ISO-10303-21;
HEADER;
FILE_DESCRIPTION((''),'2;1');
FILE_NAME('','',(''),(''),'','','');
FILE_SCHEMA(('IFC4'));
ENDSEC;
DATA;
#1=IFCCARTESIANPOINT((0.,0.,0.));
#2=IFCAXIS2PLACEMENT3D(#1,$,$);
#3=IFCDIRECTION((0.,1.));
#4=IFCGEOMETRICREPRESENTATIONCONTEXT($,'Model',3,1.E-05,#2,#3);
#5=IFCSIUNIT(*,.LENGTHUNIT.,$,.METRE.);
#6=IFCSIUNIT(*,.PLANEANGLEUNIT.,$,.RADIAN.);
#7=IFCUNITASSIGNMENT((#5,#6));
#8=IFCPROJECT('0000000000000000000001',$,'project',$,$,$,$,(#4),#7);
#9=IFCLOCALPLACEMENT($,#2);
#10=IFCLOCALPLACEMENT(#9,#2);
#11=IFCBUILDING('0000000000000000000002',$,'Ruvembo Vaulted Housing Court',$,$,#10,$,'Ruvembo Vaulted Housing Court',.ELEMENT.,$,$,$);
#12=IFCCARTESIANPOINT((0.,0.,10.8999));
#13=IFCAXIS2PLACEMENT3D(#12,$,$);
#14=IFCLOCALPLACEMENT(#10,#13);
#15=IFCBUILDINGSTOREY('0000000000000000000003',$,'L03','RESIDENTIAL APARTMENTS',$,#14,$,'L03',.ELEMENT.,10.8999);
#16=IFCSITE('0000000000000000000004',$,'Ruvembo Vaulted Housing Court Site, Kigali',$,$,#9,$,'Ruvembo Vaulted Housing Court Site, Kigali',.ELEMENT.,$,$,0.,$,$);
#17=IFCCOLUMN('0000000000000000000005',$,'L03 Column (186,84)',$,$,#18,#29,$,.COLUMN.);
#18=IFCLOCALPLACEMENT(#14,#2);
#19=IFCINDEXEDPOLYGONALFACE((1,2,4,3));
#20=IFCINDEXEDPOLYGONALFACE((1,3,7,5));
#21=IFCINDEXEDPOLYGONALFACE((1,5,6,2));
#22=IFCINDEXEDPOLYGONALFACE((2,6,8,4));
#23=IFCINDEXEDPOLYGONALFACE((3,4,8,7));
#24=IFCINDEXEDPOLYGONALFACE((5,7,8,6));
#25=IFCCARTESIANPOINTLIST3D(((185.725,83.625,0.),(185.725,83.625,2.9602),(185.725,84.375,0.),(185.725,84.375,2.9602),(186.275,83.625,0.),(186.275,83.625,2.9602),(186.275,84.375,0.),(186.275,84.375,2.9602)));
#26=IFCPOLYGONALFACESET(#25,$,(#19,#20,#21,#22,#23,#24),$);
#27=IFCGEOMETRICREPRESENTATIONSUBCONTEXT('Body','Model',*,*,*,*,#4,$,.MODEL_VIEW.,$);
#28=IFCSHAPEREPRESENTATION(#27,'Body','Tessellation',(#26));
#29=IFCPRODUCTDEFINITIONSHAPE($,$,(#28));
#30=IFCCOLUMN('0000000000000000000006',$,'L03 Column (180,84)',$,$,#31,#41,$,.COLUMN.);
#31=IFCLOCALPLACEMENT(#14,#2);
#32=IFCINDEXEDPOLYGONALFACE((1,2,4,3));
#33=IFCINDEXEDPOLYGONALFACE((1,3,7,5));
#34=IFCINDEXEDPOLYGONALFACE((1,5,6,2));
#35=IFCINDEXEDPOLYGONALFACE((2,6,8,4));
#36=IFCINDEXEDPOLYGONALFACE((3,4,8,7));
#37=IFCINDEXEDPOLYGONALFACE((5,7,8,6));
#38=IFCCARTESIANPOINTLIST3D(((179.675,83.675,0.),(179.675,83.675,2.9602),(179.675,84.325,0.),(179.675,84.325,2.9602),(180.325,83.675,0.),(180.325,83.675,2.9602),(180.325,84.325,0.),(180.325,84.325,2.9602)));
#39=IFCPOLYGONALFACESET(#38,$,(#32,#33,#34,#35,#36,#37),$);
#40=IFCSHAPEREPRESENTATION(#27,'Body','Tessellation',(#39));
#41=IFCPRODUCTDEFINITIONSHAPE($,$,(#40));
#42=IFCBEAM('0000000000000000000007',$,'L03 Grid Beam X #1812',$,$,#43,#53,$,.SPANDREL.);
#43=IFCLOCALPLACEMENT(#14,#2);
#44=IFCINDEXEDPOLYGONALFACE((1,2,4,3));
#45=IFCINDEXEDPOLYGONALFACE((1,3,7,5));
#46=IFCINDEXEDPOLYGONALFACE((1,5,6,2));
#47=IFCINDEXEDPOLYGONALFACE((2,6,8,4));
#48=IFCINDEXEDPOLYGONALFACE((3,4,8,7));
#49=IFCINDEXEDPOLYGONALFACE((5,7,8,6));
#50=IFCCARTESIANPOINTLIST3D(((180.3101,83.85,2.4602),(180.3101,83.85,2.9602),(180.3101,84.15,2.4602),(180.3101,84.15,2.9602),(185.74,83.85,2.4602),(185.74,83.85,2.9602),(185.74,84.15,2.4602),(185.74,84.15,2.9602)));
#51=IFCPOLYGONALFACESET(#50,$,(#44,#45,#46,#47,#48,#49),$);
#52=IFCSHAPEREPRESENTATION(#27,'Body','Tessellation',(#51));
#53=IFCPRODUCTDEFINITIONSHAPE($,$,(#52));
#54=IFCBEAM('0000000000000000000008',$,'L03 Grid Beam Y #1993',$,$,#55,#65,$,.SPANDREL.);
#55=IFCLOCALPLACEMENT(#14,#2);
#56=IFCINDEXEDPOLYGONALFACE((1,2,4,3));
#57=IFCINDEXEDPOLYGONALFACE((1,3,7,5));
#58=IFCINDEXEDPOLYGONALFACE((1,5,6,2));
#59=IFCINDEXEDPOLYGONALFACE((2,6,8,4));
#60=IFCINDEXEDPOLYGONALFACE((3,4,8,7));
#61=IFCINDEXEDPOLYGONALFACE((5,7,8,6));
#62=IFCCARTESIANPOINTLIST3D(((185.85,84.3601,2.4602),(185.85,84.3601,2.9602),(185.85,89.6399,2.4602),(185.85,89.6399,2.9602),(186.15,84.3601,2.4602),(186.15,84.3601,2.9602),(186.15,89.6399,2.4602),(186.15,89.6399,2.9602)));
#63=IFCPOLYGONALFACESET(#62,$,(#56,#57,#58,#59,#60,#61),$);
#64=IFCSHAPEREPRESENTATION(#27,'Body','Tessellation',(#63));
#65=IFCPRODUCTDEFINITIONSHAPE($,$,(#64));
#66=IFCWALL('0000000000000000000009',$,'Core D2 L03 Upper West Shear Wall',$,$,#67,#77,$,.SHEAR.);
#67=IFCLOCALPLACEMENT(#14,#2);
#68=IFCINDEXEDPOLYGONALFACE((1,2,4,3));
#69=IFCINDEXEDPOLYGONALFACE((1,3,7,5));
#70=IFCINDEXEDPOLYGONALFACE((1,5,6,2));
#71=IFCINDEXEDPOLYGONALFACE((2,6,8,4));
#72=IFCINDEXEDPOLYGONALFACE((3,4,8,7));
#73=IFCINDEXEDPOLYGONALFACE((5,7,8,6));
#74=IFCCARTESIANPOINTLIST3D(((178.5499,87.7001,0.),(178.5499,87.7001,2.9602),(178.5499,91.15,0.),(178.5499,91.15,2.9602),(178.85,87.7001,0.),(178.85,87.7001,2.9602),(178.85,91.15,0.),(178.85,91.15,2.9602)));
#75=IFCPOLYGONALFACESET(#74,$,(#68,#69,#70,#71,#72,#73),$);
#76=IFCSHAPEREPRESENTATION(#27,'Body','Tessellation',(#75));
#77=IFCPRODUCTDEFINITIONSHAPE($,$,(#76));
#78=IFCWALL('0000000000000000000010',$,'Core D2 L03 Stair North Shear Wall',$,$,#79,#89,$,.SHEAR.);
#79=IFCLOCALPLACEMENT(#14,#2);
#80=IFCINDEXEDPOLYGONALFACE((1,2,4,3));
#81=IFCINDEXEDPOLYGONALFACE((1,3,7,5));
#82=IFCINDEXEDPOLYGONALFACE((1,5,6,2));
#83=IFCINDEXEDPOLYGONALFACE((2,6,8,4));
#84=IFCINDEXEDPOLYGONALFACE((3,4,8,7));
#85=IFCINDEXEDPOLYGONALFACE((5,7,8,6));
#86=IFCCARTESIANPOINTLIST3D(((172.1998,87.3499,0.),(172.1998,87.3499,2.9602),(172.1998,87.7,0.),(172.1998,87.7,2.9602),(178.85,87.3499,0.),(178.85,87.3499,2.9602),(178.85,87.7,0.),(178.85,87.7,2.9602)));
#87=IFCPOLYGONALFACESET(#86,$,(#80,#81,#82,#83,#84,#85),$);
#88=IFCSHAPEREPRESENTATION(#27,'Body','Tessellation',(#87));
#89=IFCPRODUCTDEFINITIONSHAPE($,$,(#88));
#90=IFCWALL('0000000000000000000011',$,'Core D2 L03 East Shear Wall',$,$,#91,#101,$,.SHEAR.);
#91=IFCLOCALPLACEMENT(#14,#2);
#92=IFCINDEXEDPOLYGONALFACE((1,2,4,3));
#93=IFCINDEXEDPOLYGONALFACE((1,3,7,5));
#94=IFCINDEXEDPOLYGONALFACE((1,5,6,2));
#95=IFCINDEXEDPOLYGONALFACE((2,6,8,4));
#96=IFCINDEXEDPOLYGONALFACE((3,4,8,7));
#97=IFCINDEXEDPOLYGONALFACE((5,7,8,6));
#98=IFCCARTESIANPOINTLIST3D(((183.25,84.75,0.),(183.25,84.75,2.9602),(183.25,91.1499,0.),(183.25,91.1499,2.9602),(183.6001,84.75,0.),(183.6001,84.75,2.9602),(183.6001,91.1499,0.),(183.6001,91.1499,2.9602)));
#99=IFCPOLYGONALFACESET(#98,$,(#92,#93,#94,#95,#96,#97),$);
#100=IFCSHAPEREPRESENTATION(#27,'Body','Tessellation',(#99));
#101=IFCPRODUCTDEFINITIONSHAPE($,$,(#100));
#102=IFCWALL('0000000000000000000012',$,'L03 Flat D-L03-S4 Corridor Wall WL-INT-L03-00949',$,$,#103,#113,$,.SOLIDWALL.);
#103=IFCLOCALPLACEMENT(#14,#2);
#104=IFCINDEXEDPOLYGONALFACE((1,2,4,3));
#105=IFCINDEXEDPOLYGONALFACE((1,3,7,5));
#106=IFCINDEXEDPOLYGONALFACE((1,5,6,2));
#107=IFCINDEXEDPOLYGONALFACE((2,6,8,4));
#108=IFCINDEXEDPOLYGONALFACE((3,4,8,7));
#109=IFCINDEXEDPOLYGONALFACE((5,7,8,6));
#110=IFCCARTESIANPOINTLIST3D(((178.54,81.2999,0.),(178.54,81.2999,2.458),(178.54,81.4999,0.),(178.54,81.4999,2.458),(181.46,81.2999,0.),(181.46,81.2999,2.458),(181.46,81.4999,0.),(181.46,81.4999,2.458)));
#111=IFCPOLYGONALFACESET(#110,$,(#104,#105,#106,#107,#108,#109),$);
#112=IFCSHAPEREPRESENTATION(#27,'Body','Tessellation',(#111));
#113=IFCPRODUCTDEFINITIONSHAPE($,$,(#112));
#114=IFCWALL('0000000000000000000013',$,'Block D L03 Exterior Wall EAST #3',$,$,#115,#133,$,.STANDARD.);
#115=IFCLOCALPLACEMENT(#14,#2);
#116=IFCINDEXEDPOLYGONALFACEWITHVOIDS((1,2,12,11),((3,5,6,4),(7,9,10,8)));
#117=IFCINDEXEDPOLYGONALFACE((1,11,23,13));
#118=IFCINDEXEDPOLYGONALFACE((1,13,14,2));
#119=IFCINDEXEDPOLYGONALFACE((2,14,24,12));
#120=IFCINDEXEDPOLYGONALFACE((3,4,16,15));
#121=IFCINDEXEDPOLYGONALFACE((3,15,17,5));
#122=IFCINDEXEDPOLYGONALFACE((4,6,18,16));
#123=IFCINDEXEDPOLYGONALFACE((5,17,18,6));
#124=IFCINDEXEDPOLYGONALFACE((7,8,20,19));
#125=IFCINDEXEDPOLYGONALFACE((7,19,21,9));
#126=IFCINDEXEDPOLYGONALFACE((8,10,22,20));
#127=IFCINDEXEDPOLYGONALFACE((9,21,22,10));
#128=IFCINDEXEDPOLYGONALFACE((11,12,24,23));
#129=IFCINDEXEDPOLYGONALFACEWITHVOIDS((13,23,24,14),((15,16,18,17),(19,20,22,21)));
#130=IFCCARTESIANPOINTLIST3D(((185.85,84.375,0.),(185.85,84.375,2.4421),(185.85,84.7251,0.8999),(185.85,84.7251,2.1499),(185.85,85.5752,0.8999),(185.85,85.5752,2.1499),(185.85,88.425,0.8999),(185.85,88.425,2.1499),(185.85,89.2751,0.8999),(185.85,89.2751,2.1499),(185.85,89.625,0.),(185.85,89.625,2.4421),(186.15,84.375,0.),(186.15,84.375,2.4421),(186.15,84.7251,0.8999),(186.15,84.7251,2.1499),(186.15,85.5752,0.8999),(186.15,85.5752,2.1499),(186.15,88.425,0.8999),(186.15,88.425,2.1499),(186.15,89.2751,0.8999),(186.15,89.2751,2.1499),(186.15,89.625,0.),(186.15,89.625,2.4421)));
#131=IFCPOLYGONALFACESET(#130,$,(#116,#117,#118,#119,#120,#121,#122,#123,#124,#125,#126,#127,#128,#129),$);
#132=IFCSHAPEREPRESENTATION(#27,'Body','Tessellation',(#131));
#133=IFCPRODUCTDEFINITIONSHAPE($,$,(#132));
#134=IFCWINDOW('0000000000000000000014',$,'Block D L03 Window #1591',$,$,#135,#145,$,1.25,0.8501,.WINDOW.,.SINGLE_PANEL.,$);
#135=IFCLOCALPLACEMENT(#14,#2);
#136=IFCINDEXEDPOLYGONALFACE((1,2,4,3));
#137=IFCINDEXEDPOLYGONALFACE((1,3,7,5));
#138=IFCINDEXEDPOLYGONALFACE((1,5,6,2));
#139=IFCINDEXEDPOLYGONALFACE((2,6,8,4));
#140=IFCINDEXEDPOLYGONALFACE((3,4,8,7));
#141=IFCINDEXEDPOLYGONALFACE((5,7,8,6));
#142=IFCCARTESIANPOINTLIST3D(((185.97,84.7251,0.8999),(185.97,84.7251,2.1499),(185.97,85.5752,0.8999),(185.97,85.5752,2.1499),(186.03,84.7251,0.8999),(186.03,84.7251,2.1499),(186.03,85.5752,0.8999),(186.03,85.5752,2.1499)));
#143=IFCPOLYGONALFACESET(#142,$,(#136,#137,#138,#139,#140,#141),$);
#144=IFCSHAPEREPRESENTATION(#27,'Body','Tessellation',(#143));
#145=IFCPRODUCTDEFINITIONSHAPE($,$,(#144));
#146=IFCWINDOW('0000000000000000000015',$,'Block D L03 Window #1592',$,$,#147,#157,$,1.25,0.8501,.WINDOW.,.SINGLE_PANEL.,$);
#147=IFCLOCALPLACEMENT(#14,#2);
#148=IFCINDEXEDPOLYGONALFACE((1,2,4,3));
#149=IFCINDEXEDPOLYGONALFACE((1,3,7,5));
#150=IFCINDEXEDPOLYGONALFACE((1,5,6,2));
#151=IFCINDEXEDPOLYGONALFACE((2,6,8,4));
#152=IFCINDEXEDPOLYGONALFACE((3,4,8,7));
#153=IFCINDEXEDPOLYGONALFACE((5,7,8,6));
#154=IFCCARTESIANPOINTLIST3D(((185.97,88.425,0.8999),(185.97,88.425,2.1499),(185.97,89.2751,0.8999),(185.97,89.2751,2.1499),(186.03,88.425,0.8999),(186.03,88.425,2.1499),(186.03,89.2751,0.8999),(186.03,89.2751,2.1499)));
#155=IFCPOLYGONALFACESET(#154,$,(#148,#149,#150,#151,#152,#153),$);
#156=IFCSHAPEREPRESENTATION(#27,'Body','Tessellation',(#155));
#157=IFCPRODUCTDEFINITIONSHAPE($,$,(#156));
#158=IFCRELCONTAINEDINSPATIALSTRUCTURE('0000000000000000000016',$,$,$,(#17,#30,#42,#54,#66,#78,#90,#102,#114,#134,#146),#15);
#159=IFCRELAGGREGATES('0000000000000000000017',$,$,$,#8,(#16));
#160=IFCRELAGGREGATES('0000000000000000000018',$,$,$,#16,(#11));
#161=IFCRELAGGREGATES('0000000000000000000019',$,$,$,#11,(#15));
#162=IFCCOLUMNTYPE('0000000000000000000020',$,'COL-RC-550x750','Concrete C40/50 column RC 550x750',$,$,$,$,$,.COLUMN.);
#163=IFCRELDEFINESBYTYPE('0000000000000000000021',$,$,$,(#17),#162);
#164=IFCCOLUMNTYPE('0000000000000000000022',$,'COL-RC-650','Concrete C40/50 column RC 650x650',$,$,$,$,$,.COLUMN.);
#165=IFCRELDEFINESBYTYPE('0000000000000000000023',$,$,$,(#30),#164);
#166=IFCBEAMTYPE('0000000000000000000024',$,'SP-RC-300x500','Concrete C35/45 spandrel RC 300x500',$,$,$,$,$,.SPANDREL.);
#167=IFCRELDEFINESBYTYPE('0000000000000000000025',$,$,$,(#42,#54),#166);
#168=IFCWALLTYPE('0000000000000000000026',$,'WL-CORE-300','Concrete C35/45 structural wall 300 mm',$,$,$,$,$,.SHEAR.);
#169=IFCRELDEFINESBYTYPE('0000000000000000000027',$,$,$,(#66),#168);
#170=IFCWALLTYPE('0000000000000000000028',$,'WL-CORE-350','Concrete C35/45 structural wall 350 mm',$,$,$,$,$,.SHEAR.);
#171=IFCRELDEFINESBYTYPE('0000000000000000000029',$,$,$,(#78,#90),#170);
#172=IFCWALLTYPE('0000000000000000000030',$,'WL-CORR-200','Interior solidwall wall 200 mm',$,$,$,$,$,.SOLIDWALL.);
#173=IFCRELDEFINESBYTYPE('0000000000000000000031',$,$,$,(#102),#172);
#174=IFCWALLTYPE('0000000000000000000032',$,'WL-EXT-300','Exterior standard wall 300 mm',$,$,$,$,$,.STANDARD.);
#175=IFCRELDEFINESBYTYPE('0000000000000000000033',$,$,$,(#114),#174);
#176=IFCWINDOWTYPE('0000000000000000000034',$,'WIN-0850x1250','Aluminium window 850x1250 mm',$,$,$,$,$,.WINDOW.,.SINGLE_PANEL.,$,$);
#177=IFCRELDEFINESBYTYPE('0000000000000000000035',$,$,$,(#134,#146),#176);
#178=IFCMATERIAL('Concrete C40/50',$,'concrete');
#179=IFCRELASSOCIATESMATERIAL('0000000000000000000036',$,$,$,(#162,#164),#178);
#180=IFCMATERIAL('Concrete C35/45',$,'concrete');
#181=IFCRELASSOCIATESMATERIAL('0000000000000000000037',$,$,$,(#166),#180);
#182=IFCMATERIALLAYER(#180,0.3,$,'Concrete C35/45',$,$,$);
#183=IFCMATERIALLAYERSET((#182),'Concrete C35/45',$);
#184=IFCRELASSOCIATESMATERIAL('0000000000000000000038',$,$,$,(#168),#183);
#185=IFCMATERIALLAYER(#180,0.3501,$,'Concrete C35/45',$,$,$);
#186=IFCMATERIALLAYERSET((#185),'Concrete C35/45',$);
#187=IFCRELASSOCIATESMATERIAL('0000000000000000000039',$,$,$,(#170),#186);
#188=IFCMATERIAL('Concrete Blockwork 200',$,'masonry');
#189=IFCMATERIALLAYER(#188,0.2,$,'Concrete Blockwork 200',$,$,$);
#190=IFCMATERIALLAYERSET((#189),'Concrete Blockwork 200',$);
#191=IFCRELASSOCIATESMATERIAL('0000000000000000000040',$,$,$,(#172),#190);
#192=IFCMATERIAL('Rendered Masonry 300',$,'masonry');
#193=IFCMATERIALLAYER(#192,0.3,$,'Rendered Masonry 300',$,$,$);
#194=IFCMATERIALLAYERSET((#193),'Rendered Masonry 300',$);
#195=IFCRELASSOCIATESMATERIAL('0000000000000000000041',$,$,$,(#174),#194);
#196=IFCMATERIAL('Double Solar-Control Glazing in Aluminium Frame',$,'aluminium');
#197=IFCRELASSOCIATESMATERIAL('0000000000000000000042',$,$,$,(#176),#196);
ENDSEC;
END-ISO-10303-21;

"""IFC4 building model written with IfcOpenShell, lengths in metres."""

from ifc_helpers import new_model, si_unit, direction, frame, frame_2d, origin, origin_2d, place, context, subcontext, project, spatial, rectangle, extrude, material, layer, layer_set, material_profile, profile_set, type_object, element, fill, save


model = new_model("IFC4")

# Units and contexts
model_context = context("Model", 3, precision=1e-05, world=origin(), true_north=direction((0.0, 1.0)))
body_context = subcontext(model_context, "Body", "Model", "MODEL_VIEW")
ifc_project = project(units=[si_unit("LENGTHUNIT", "METRE"), si_unit("PLANEANGLEUNIT", "RADIAN")], contexts=[model_context])

# Site, building, storey
site_placement = place(None, origin())
site = spatial("IfcSite", under=ifc_project, at=site_placement, Name="Ruvembo Vaulted Housing Court Site, Kigali", LongName="Ruvembo Vaulted Housing Court Site, Kigali", CompositionType="ELEMENT", RefElevation=0.0)
building_placement = place(site_placement, origin())
building = spatial("IfcBuilding", under=site, at=building_placement, Name="Ruvembo Vaulted Housing Court", LongName="Ruvembo Vaulted Housing Court", CompositionType="ELEMENT")
storey_placement = place(building_placement, frame((0.0, 0.0, 10.8999)))
storey = spatial("IfcBuildingStorey", under=building, at=storey_placement, Name="L03", Description="RESIDENTIAL APARTMENTS", LongName="L03", CompositionType="ELEMENT", Elevation=10.8999)

# Columns
ifc_material_1 = material(Name="Concrete C40/50", Category="concrete")
ifc_material_profile_1 = material_profile(ifc_material_1, rectangle(XDim=0.55, YDim=0.75, at=origin_2d()), Name="RC 550x750")
ifc_profile_set_1 = profile_set([ifc_material_profile_1], Name="Concrete C40/50")
column_type_1 = type_object("IfcColumnType", Name="COL-RC-550x750", Description="Concrete C40/50 column RC 550x750", PredefinedType="COLUMN", material=ifc_profile_set_1)
column_1_placement = place(storey_placement, frame((186.0, 84.0, 0.0), z_axis=(0.0, 0.0, 1.0), x_axis=(1.0, 0.0, 0.0)))
element("IfcColumn", 1, at=column_1_placement, inside=storey, type_object=column_type_1, Name="L03 Column (186,84)", PredefinedType="COLUMN", context=body_context, shape_type="SweptSolid", body=[
    extrude(rectangle(XDim=0.55, YDim=0.75, at=origin_2d()), origin(), (0.0, 0.0, 1.0), 2.9602),
])
ifc_material_profile_2 = material_profile(ifc_material_1, rectangle(XDim=0.6499, YDim=0.6499, at=origin_2d()), Name="RC 650x650")
ifc_profile_set_2 = profile_set([ifc_material_profile_2], Name="Concrete C40/50")
column_type_2 = type_object("IfcColumnType", Name="COL-RC-650", Description="Concrete C40/50 column RC 650x650", PredefinedType="COLUMN", material=ifc_profile_set_2)
column_2_placement = place(storey_placement, frame((180.0, 84.0, 0.0), z_axis=(0.0, 0.0, 1.0), x_axis=(1.0, 0.0, 0.0)))
element("IfcColumn", 2, at=column_2_placement, inside=storey, type_object=column_type_2, Name="L03 Column (180,84)", PredefinedType="COLUMN", context=body_context, shape_type="SweptSolid", body=[
    extrude(rectangle(XDim=0.6499, YDim=0.6499, at=origin_2d()), origin(), (0.0, 0.0, 1.0), 2.9602),
])

# Beams
ifc_material_2 = material(Name="Concrete C35/45", Category="concrete")
ifc_material_profile_3 = material_profile(ifc_material_2, rectangle(XDim=0.3, YDim=0.5, at=origin_2d()), Name="RC 300x500")
ifc_profile_set_3 = profile_set([ifc_material_profile_3], Name="Concrete C35/45")
beam_type = type_object("IfcBeamType", Name="SP-RC-300x500", Description="Concrete C35/45 spandrel RC 300x500", PredefinedType="SPANDREL", material=ifc_profile_set_3)
beam_1_placement = place(storey_placement, frame((180.3101, 84.0, 2.7102), z_axis=(1.0, 0.0, 0.0), x_axis=(0.0, 1.0, 0.0)))
element("IfcBeam", 3, at=beam_1_placement, inside=storey, type_object=beam_type, Name="L03 Grid Beam X #1812", PredefinedType="SPANDREL", context=body_context, shape_type="SweptSolid", body=[
    extrude(rectangle(XDim=0.3, YDim=0.5, at=origin_2d()), origin(), (0.0, 0.0, 1.0), 5.4299),
])
beam_2_placement = place(storey_placement, frame((186.0, 84.3601, 2.7102), z_axis=(0.0, 1.0, 0.0), x_axis=(-1.0, 0.0, 0.0)))
element("IfcBeam", 4, at=beam_2_placement, inside=storey, type_object=beam_type, Name="L03 Grid Beam Y #1993", PredefinedType="SPANDREL", context=body_context, shape_type="SweptSolid", body=[
    extrude(rectangle(XDim=0.3, YDim=0.5, at=origin_2d()), origin(), (0.0, 0.0, 1.0), 5.2798),
])

# Shared definitions
ifc_layer_1 = layer(ifc_material_2, 0.3, Name="Concrete C35/45")
ifc_layer_set_1 = layer_set([ifc_layer_1], Name="Concrete C35/45")
wall_type_1 = type_object("IfcWallType", Name="WL-CORE-300", Description="Concrete C35/45 structural wall 300 mm", PredefinedType="SHEAR", material=ifc_layer_set_1)

# Walls
wall_1_placement = place(storey_placement, frame((178.7, 87.7, 0.0), z_axis=(0.0, 0.0, 1.0), x_axis=(0.0, 1.0, 0.0)))
element("IfcWall", 5, at=wall_1_placement, inside=storey, type_object=wall_type_1, Name="Core D2 L03 Upper West Shear Wall", PredefinedType="SHEAR", context=body_context, shape_type="SweptSolid", body=[
    extrude(rectangle(XDim=3.45, YDim=0.3, at=frame_2d((1.7251, 0.0))), origin(), (0.0, 0.0, 1.0), 2.9602),
])
ifc_layer_2 = layer(ifc_material_2, 0.3501, Name="Concrete C35/45")
ifc_layer_set_2 = layer_set([ifc_layer_2], Name="Concrete C35/45")
wall_type_2 = type_object("IfcWallType", Name="WL-CORE-350", Description="Concrete C35/45 structural wall 350 mm", PredefinedType="SHEAR", material=ifc_layer_set_2)
wall_2_placement = place(storey_placement, frame((178.8501, 87.5249, 0.0), z_axis=(0.0, 0.0, 1.0), x_axis=(-1.0, 0.0, 0.0)))
element("IfcWall", 6, at=wall_2_placement, inside=storey, type_object=wall_type_2, Name="Core D2 L03 Stair North Shear Wall", PredefinedType="SHEAR", context=body_context, shape_type="SweptSolid", body=[
    extrude(rectangle(XDim=6.6501, YDim=0.3501, at=frame_2d((3.3252, 0.0))), origin(), (0.0, 0.0, 1.0), 2.9602),
])
wall_3_placement = place(storey_placement, frame((183.425, 84.75, 0.0), z_axis=(0.0, 0.0, 1.0), x_axis=(0.0, 1.0, 0.0)))
element("IfcWall", 7, at=wall_3_placement, inside=storey, type_object=wall_type_2, Name="Core D2 L03 East Shear Wall", PredefinedType="SHEAR", context=body_context, shape_type="SweptSolid", body=[
    extrude(rectangle(XDim=6.3999, YDim=0.3501, at=frame_2d((3.2, 0.0))), origin(), (0.0, 0.0, 1.0), 2.9602),
])
ifc_material_3 = material(Name="Concrete Blockwork 200", Category="masonry")
ifc_layer_3 = layer(ifc_material_3, 0.2, Name="Concrete Blockwork 200")
ifc_layer_set_3 = layer_set([ifc_layer_3], Name="Concrete Blockwork 200")
wall_type_3 = type_object("IfcWallType", Name="WL-CORR-200", Description="Interior solidwall wall 200 mm", PredefinedType="SOLIDWALL", material=ifc_layer_set_3)
wall_4_placement = place(storey_placement, frame((178.54, 81.3999, 0.0), z_axis=(0.0, 0.0, 1.0), x_axis=(1.0, 0.0, 0.0)))
element("IfcWall", 8, at=wall_4_placement, inside=storey, type_object=wall_type_3, Name="L03 Flat D-L03-S4 Corridor Wall WL-INT-L03-00949", PredefinedType="SOLIDWALL", context=body_context, shape_type="SweptSolid", body=[
    extrude(rectangle(XDim=2.9199, YDim=0.2, at=frame_2d((1.46, 0.0))), origin(), (0.0, 0.0, 1.0), 2.458),
])

# Wall, openings, windows
ifc_material_4 = material(Name="Rendered Masonry 300", Category="masonry")
ifc_layer_4 = layer(ifc_material_4, 0.3, Name="Rendered Masonry 300")
ifc_layer_set_4 = layer_set([ifc_layer_4], Name="Rendered Masonry 300")
wall_type_4 = type_object("IfcWallType", Name="WL-EXT-300", Description="Exterior standard wall 300 mm", PredefinedType="STANDARD", material=ifc_layer_set_4)
wall_5_placement = place(storey_placement, frame((186.0, 84.375, 0.0), z_axis=(0.0, 0.0, 1.0), x_axis=(0.0, 1.0, 0.0)))
wall_5 = element("IfcWall", 9, at=wall_5_placement, inside=storey, type_object=wall_type_4, Name="Block D L03 Exterior Wall EAST #3", PredefinedType="STANDARD", context=body_context, shape_type="SweptSolid", body=[
    extrude(rectangle(XDim=5.25, YDim=0.3, at=frame_2d((2.625, 0.0))), origin(), (0.0, 0.0, 1.0), 2.4421),
])
opening_1_placement = place(wall_5_placement, frame((0.3501, 0.0, 0.8999)))
opening_1 = element("IfcOpeningElement", 10, at=opening_1_placement, cuts=wall_5, PredefinedType="OPENING", context=body_context, shape_type="SweptSolid", body=[
    extrude(rectangle(XDim=0.8501, YDim=1.25, at=frame_2d((0.425, 0.625))), frame((0.0, 0.1599, 0.0), z_axis=(0.0, -1.0, 0.0), x_axis=(1.0, 0.0, 0.0)), (0.0, 0.0, 1.0), 0.3201),
])
opening_2_placement = place(wall_5_placement, frame((4.05, 0.0, 0.8999)))
opening_2 = element("IfcOpeningElement", 11, at=opening_2_placement, cuts=wall_5, PredefinedType="OPENING", context=body_context, shape_type="SweptSolid", body=[
    extrude(rectangle(XDim=0.8501, YDim=1.25, at=frame_2d((0.425, 0.625))), frame((0.0, 0.1599, 0.0), z_axis=(0.0, -1.0, 0.0), x_axis=(1.0, 0.0, 0.0)), (0.0, 0.0, 1.0), 0.3201),
])
ifc_material_5 = material(Name="Double Solar-Control Glazing in Aluminium Frame", Category="aluminium")
window_type = type_object("IfcWindowType", Name="WIN-0850x1250", Description="Aluminium window 850x1250 mm", PartitioningType="SINGLE_PANEL", PredefinedType="WINDOW", material=ifc_material_5)
window_1_placement = place(opening_1_placement, origin())
window_1 = element("IfcWindow", 12, at=window_1_placement, inside=storey, type_object=window_type, Name="Block D L03 Window #1591", OverallHeight=1.25, OverallWidth=0.8501, PartitioningType="SINGLE_PANEL", PredefinedType="WINDOW", context=body_context, shape_type="SweptSolid", body=[
    extrude(rectangle(XDim=0.8501, YDim=1.25, at=frame_2d((0.425, 0.625))), frame((0.0, 0.03, 0.0), z_axis=(0.0, -1.0, 0.0), x_axis=(1.0, 0.0, 0.0)), (0.0, 0.0, 1.0), 0.0601),
])
fill(opening_1, window_1)
window_2_placement = place(opening_2_placement, origin())
window_2 = element("IfcWindow", 13, at=window_2_placement, inside=storey, type_object=window_type, Name="Block D L03 Window #1592", OverallHeight=1.25, OverallWidth=0.8501, PartitioningType="SINGLE_PANEL", PredefinedType="WINDOW", context=body_context, shape_type="SweptSolid", body=[
    extrude(rectangle(XDim=0.8501, YDim=1.25, at=frame_2d((0.425, 0.625))), frame((0.0, 0.03, 0.0), z_axis=(0.0, -1.0, 0.0), x_axis=(1.0, 0.0, 0.0)), (0.0, 0.0, 1.0), 0.0601),
])
fill(opening_2, window_2)

save(model, "model.ifc")
